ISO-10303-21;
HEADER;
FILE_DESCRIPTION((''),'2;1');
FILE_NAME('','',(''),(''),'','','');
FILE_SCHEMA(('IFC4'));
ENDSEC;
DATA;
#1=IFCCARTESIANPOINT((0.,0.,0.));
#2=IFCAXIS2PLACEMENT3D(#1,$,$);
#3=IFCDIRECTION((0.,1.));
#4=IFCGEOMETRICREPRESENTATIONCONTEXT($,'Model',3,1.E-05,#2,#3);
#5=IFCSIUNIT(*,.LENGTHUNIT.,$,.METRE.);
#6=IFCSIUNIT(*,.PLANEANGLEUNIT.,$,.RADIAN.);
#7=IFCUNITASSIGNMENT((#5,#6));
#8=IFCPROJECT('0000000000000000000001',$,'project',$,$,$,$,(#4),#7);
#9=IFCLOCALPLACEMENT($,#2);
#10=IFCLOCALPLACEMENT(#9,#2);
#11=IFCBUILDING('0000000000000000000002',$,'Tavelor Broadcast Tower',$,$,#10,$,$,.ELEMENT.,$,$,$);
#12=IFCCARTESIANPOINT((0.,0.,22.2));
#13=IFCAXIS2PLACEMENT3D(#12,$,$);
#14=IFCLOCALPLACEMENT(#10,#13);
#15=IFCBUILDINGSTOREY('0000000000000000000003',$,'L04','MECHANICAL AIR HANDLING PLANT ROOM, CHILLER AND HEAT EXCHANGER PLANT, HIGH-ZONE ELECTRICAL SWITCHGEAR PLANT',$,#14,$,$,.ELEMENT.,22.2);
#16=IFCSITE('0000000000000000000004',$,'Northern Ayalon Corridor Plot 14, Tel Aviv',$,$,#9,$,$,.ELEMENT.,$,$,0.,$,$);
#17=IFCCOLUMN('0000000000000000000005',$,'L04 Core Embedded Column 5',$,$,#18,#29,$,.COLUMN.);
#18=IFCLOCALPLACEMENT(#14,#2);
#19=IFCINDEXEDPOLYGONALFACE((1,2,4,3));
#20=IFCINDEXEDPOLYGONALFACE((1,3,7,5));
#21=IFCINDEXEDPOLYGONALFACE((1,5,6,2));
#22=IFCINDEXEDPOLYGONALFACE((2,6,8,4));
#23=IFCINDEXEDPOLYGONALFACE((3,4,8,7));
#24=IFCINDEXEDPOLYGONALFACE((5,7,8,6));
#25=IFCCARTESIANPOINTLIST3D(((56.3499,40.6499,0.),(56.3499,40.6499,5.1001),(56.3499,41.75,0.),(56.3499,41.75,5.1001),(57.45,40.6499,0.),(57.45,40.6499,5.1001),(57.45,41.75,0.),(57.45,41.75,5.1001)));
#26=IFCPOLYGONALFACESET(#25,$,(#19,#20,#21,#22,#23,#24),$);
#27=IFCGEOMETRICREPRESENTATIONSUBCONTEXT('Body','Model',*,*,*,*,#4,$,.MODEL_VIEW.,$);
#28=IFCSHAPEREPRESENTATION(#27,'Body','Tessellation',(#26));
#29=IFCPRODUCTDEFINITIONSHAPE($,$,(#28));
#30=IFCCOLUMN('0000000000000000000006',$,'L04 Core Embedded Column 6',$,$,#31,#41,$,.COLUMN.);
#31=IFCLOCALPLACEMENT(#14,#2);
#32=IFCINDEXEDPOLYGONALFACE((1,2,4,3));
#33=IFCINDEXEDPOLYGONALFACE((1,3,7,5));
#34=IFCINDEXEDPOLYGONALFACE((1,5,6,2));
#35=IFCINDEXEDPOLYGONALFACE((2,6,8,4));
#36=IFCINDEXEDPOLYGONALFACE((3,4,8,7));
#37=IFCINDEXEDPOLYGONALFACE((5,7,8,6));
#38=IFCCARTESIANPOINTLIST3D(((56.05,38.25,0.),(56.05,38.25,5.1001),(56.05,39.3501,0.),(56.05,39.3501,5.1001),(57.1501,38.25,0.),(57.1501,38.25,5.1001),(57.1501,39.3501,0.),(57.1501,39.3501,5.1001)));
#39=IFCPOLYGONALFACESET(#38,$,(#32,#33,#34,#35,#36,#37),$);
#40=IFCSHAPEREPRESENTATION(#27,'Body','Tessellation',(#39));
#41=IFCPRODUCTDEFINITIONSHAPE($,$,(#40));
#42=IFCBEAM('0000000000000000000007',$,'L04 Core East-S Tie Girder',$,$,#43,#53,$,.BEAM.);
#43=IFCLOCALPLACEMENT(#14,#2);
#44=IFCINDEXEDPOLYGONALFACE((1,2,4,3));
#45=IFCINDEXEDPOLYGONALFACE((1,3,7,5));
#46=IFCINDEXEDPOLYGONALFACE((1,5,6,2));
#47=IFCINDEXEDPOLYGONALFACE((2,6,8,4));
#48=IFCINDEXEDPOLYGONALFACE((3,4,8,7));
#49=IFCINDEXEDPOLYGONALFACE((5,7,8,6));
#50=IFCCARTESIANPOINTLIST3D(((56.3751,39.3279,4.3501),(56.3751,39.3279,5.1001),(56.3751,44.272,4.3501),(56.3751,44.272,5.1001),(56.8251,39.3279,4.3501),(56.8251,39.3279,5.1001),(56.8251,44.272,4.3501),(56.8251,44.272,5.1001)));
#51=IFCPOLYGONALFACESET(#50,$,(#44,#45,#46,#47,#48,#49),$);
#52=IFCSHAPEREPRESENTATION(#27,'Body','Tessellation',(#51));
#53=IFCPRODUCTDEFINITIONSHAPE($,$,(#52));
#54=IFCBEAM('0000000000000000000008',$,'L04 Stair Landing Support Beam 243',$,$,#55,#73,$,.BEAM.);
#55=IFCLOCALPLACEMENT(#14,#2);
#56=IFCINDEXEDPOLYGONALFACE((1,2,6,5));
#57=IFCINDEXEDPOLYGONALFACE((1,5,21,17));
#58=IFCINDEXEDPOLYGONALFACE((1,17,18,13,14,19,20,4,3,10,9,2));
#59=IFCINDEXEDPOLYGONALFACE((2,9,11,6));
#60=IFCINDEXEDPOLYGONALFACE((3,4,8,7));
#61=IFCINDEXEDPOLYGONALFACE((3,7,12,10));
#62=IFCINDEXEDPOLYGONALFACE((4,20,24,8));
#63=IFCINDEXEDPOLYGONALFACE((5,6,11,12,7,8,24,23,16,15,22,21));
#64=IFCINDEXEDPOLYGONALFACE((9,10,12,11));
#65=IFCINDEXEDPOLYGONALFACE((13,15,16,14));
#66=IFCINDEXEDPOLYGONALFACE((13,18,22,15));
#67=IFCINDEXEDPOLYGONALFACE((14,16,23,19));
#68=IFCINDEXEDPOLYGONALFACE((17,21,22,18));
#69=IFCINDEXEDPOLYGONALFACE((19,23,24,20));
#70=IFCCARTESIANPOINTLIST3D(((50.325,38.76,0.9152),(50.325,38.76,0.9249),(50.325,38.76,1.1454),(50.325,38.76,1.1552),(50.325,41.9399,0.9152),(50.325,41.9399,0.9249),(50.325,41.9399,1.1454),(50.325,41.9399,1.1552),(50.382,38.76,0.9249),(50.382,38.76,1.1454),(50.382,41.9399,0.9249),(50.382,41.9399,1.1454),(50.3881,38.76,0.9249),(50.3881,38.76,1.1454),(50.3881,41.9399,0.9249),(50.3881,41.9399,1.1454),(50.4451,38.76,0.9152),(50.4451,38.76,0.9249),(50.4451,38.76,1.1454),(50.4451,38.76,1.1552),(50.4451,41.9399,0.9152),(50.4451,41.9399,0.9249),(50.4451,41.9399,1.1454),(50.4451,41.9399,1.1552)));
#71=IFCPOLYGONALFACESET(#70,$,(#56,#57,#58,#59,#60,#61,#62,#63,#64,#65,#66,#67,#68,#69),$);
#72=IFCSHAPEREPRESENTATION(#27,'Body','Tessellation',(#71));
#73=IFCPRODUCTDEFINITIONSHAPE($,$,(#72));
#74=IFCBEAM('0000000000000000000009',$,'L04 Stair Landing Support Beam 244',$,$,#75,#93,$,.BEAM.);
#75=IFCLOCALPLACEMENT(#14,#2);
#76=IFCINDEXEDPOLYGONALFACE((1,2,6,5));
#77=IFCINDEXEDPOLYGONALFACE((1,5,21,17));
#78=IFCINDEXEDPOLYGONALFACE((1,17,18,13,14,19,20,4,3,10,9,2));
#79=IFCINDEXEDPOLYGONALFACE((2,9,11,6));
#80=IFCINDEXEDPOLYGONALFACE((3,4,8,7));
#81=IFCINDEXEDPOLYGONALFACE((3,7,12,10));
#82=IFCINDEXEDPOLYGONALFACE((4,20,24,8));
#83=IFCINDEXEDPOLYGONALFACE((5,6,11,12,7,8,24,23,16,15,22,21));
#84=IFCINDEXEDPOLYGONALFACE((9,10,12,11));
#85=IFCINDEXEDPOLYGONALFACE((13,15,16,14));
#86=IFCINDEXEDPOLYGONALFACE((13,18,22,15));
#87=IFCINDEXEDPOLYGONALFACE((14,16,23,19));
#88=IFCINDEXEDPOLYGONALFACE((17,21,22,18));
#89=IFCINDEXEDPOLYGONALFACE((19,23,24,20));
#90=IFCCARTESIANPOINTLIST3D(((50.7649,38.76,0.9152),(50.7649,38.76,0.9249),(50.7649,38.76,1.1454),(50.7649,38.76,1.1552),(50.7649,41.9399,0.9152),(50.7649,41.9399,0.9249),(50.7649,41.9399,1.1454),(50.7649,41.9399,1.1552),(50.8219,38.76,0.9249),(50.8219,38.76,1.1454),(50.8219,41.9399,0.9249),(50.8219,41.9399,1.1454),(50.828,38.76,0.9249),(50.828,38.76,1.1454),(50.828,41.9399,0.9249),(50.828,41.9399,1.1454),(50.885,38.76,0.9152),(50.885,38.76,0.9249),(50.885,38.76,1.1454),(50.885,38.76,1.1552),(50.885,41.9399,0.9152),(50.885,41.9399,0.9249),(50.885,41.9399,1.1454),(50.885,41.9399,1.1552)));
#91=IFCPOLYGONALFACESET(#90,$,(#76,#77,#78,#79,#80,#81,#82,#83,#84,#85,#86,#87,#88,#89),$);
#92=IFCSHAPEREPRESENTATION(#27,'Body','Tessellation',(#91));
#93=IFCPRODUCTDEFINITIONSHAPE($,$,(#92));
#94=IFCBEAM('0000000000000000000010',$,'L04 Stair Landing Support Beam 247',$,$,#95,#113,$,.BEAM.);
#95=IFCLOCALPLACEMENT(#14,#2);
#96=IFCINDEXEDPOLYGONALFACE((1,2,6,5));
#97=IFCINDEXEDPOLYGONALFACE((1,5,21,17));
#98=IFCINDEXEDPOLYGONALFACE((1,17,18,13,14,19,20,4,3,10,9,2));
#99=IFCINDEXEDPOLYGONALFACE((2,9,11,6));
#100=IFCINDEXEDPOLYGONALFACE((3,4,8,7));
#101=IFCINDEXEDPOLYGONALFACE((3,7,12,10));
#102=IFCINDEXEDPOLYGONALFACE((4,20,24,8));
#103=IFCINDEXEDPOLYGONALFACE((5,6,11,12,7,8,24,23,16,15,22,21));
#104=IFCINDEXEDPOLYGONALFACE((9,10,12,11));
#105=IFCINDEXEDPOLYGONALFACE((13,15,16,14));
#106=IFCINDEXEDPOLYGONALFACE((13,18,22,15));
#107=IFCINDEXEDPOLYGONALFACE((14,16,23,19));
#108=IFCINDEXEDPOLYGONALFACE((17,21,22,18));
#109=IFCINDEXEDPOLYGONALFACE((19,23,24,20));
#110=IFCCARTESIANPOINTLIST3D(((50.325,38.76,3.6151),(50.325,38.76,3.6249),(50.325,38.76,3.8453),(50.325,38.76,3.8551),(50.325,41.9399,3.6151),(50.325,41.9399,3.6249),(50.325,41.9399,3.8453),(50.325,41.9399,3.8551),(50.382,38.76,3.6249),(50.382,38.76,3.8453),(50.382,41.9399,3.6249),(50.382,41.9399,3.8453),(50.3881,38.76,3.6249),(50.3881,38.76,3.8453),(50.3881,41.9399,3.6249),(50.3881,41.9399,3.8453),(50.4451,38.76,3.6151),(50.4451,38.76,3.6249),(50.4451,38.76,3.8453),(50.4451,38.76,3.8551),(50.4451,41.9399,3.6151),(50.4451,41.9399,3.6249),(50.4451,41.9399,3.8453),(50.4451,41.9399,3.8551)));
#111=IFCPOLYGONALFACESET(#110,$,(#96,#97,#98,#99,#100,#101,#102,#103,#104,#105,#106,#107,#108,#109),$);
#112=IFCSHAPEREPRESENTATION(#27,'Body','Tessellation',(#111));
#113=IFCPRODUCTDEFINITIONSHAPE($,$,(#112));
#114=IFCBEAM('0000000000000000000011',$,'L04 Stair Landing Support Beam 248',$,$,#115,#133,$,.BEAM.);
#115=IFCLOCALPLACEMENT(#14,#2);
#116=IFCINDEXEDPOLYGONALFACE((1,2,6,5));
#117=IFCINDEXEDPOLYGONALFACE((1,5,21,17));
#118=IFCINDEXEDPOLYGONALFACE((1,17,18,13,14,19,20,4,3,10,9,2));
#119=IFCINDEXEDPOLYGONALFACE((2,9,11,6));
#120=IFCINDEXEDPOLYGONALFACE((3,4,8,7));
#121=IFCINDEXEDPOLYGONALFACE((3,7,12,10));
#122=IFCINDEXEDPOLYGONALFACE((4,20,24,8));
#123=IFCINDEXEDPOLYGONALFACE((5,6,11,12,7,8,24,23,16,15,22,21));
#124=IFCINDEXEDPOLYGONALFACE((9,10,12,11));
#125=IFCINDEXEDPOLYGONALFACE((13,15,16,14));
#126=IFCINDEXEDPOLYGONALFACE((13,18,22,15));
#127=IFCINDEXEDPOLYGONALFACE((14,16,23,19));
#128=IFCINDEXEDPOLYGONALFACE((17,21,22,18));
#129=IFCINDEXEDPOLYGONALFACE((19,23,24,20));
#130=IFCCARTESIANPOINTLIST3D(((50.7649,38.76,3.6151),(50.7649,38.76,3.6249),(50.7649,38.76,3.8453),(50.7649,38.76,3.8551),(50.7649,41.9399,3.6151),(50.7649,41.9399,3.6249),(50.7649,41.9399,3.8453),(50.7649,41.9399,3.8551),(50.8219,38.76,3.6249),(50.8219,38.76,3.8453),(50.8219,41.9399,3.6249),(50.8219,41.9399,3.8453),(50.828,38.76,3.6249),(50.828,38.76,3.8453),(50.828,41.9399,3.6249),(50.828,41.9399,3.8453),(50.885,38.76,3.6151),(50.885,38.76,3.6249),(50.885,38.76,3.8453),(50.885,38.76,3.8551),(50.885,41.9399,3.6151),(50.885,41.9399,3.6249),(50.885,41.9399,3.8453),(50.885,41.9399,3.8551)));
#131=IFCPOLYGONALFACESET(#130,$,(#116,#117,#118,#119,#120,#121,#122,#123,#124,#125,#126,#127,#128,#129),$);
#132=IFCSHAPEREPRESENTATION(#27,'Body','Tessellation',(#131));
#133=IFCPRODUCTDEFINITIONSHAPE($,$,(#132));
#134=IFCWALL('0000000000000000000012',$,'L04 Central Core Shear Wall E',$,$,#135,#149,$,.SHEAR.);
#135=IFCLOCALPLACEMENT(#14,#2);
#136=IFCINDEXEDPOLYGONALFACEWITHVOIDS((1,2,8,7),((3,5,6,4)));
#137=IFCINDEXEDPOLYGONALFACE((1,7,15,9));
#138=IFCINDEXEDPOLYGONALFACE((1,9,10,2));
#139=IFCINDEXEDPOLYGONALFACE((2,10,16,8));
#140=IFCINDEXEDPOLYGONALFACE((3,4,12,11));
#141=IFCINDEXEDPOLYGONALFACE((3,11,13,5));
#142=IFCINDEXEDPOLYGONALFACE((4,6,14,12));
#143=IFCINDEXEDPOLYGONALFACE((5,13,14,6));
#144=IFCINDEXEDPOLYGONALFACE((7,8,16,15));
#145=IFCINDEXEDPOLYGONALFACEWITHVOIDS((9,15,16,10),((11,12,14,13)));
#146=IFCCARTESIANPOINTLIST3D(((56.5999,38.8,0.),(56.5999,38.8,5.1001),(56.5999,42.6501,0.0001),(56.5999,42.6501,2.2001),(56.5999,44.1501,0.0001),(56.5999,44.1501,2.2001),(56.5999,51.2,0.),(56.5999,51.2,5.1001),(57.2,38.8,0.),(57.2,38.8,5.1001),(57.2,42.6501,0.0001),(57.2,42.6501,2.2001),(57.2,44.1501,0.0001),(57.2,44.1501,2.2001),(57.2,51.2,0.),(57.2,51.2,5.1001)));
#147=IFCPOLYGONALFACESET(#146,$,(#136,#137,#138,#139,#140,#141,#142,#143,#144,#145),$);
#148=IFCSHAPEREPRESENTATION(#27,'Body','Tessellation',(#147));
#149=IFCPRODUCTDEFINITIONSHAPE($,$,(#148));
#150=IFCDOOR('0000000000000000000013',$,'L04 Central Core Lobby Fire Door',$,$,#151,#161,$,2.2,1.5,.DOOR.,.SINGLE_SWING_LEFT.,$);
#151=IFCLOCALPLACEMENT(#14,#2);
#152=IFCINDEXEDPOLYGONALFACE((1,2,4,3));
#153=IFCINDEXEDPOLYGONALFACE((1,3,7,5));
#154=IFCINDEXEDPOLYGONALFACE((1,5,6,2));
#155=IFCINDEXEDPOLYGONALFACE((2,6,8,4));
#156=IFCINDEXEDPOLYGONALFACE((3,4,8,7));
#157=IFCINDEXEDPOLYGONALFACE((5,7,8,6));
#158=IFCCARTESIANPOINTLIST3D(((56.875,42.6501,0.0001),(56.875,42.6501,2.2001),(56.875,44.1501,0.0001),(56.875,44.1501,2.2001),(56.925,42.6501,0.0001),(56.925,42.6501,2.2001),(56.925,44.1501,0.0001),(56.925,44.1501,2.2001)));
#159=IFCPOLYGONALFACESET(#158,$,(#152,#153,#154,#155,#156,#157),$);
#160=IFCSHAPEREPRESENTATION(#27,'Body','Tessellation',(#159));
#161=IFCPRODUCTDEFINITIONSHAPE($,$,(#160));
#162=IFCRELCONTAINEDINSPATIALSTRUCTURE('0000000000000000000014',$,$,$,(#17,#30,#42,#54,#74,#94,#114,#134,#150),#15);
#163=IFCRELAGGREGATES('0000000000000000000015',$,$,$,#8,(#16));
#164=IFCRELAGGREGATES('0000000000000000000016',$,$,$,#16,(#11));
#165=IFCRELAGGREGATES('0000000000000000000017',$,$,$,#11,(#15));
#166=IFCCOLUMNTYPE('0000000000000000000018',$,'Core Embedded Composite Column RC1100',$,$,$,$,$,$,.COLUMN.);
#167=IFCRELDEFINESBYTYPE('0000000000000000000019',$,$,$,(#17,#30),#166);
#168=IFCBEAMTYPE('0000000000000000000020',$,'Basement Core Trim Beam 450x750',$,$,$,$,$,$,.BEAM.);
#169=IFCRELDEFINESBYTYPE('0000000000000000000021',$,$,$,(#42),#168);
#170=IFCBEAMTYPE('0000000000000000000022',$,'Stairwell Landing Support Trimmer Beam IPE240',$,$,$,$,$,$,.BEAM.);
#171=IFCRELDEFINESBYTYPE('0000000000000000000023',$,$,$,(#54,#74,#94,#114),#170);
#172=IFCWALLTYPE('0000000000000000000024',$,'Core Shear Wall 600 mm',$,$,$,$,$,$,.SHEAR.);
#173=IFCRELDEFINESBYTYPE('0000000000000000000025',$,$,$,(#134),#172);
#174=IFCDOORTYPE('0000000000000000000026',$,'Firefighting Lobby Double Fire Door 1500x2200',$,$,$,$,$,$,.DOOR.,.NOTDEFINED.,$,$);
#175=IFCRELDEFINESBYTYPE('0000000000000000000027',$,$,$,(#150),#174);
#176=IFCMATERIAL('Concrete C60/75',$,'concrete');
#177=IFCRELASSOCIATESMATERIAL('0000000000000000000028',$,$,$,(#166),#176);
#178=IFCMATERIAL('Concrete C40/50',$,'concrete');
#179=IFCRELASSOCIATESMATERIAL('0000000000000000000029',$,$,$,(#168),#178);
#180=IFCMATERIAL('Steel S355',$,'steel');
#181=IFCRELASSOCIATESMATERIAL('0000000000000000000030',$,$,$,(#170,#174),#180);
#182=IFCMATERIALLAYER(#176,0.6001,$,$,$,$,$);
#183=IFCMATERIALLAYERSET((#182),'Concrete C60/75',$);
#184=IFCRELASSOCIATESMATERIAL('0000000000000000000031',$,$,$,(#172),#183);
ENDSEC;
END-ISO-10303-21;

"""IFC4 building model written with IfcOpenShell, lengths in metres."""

from ifc_helpers import new_model, si_unit, direction, frame, frame_2d, origin, origin_2d, place, context, subcontext, project, spatial, rectangle, i_section, extrude, material, layer, layer_set, material_profile, profile_set, type_object, element, fill, save


model = new_model("IFC4")

# Units and contexts
model_context = context("Model", 3, precision=1e-05, world=origin(), true_north=direction((0.0, 1.0)))
body_context = subcontext(model_context, "Body", "Model", "MODEL_VIEW")
ifc_project = project(units=[si_unit("LENGTHUNIT", "METRE"), si_unit("PLANEANGLEUNIT", "RADIAN")], contexts=[model_context])

# Site, building, storey
site_placement = place(None, origin())
site = spatial("IfcSite", under=ifc_project, at=site_placement, Name="Northern Ayalon Corridor Plot 14, Tel Aviv", CompositionType="ELEMENT", RefElevation=0.0)
building_placement = place(site_placement, origin())
building = spatial("IfcBuilding", under=site, at=building_placement, Name="Tavelor Broadcast Tower", CompositionType="ELEMENT")
storey_placement = place(building_placement, frame((0.0, 0.0, 22.2)))
storey = spatial("IfcBuildingStorey", under=building, at=storey_placement, Name="L04", Description="MECHANICAL AIR HANDLING PLANT ROOM, CHILLER AND HEAT EXCHANGER PLANT, HIGH-ZONE ELECTRICAL SWITCHGEAR PLANT", CompositionType="ELEMENT", Elevation=22.2)

# Columns
ifc_material_1 = material(Name="Concrete C60/75", Category="concrete")
ifc_material_profile_1 = material_profile(ifc_material_1, rectangle(XDim=1.1001, YDim=1.1001, at=origin_2d()), Name="RC 1100x1100")
ifc_profile_set_1 = profile_set([ifc_material_profile_1], Name="Concrete C60/75")
column_type = type_object("IfcColumnType", Name="Core Embedded Composite Column RC1100", PredefinedType="COLUMN", material=ifc_profile_set_1)
for number, where, z_axis, x_axis, name in (
    (1, (56.8999, 41.2, 0.0), (0.0, 0.0, 1.0), (1.0, 0.0, 0.0), "L04 Core Embedded Column 5"),
    (2, (56.6001, 38.8, 0.0), (0.0, 0.0, 1.0), (1.0, 0.0, 0.0), "L04 Core Embedded Column 6"),
):
    element("IfcColumn", number, at=place(storey_placement, frame(where, z_axis=z_axis, x_axis=x_axis)), inside=storey, type_object=column_type, Name=name, PredefinedType="COLUMN", context=body_context, shape_type="SweptSolid", body=[
        extrude(rectangle(XDim=1.1001, YDim=1.1001, at=origin_2d()), origin(), (0.0, 0.0, 1.0), 5.1001),
    ])

# Beams
ifc_material_2 = material(Name="Concrete C40/50", Category="concrete")
ifc_material_profile_2 = material_profile(ifc_material_2, rectangle(XDim=0.45, YDim=0.75, at=origin_2d()), Name="RC 450x750")
ifc_profile_set_2 = profile_set([ifc_material_profile_2], Name="Concrete C40/50")
beam_type_1 = type_object("IfcBeamType", Name="Basement Core Trim Beam 450x750", PredefinedType="BEAM", material=ifc_profile_set_2)
beam_placement = place(storey_placement, frame((56.6001, 39.3279, 4.7251), z_axis=(0.0, 1.0, 0.0), x_axis=(-1.0, 0.0, 0.0)))
element("IfcBeam", 3, at=beam_placement, inside=storey, type_object=beam_type_1, Name="L04 Core East-S Tie Girder", PredefinedType="BEAM", context=body_context, shape_type="SweptSolid", body=[
    extrude(rectangle(XDim=0.45, YDim=0.75, at=origin_2d()), origin(), (0.0, 0.0, 1.0), 4.9441),
])
ifc_material_3 = material(Name="Steel S355", Category="steel")
ifc_material_profile_3 = material_profile(ifc_material_3, i_section(OverallWidth=0.1201, OverallDepth=0.24, WebThickness=0.0061, FlangeThickness=0.0098, at=origin_2d()), Name="IPE 240")
ifc_profile_set_3 = profile_set([ifc_material_profile_3], Name="Steel S355")
beam_type_2 = type_object("IfcBeamType", Name="Stairwell Landing Support Trimmer Beam IPE240", PredefinedType="BEAM", material=ifc_profile_set_3)
for number, where, z_axis, x_axis, name in (
    (4, (50.385, 38.76, 1.0352), (0.0, 1.0, 0.0), (-1.0, 0.0, 0.0), "L04 Stair Landing Support Beam 243"),
    (5, (50.825, 38.76, 1.0352), (0.0, 1.0, 0.0), (-1.0, 0.0, 0.0), "L04 Stair Landing Support Beam 244"),
    (6, (50.385, 38.76, 3.7351), (0.0, 1.0, 0.0), (-1.0, 0.0, 0.0), "L04 Stair Landing Support Beam 247"),
    (7, (50.825, 38.76, 3.7351), (0.0, 1.0, 0.0), (-1.0, 0.0, 0.0), "L04 Stair Landing Support Beam 248"),
):
    element("IfcBeam", number, at=place(storey_placement, frame(where, z_axis=z_axis, x_axis=x_axis)), inside=storey, type_object=beam_type_2, Name=name, PredefinedType="BEAM", context=body_context, shape_type="SweptSolid", body=[
        extrude(i_section(OverallWidth=0.1201, OverallDepth=0.24, WebThickness=0.0061, FlangeThickness=0.0098, at=origin_2d()), origin(), (0.0, 0.0, 1.0), 3.1799),
    ])

# Wall, opening, door
ifc_layer_1 = layer(ifc_material_1, 0.6001)
ifc_layer_set_1 = layer_set([ifc_layer_1], Name="Concrete C60/75")
wall_type_1 = type_object("IfcWallType", Name="Core Shear Wall 600 mm", PredefinedType="SHEAR", material=ifc_layer_set_1)
wall_1_placement = place(storey_placement, frame((56.8999, 38.8, 0.0), z_axis=(0.0, 0.0, 1.0), x_axis=(0.0, 1.0, 0.0)))
wall_1 = element("IfcWall", 8, at=wall_1_placement, inside=storey, type_object=wall_type_1, Name="L04 Central Core Shear Wall E", PredefinedType="SHEAR", context=body_context, shape_type="SweptSolid", body=[
    extrude(rectangle(XDim=12.3999, YDim=0.6001, at=frame_2d((6.2, 0.0))), origin(), (0.0, 0.0, 1.0), 5.1001),
])
opening_1_placement = place(wall_1_placement, frame((3.8501, 0.0, 0.0)))
opening_1 = element("IfcOpeningElement", 9, at=opening_1_placement, cuts=wall_1, PredefinedType="OPENING", context=body_context, shape_type="SweptSolid", body=[
    extrude(rectangle(XDim=1.5, YDim=2.2, at=frame_2d((0.75, 1.1001))), frame((0.0, 0.3101, 0.0), z_axis=(0.0, -1.0, 0.0), x_axis=(1.0, 0.0, 0.0)), (0.0, 0.0, 1.0), 0.6201),
])
door_type_1 = type_object("IfcDoorType", Name="Firefighting Lobby Double Fire Door 1500x2200", OperationType="NOTDEFINED", PredefinedType="DOOR", material=ifc_material_3)
door_1_placement = place(opening_1_placement, origin())
door_1 = element("IfcDoor", 10, at=door_1_placement, inside=storey, type_object=door_type_1, Name="L04 Central Core Lobby Fire Door", OperationType="SINGLE_SWING_LEFT", OverallHeight=2.2, OverallWidth=1.5, PredefinedType="DOOR", context=body_context, shape_type="SweptSolid", body=[
    extrude(rectangle(XDim=1.5, YDim=2.2, at=frame_2d((0.75, 1.1001))), frame((0.0, 0.0249, 0.0), z_axis=(0.0, -1.0, 0.0), x_axis=(1.0, 0.0, 0.0)), (0.0, 0.0, 1.0), 0.05),
])
fill(opening_1, door_1)

save(model, "model.ifc")
